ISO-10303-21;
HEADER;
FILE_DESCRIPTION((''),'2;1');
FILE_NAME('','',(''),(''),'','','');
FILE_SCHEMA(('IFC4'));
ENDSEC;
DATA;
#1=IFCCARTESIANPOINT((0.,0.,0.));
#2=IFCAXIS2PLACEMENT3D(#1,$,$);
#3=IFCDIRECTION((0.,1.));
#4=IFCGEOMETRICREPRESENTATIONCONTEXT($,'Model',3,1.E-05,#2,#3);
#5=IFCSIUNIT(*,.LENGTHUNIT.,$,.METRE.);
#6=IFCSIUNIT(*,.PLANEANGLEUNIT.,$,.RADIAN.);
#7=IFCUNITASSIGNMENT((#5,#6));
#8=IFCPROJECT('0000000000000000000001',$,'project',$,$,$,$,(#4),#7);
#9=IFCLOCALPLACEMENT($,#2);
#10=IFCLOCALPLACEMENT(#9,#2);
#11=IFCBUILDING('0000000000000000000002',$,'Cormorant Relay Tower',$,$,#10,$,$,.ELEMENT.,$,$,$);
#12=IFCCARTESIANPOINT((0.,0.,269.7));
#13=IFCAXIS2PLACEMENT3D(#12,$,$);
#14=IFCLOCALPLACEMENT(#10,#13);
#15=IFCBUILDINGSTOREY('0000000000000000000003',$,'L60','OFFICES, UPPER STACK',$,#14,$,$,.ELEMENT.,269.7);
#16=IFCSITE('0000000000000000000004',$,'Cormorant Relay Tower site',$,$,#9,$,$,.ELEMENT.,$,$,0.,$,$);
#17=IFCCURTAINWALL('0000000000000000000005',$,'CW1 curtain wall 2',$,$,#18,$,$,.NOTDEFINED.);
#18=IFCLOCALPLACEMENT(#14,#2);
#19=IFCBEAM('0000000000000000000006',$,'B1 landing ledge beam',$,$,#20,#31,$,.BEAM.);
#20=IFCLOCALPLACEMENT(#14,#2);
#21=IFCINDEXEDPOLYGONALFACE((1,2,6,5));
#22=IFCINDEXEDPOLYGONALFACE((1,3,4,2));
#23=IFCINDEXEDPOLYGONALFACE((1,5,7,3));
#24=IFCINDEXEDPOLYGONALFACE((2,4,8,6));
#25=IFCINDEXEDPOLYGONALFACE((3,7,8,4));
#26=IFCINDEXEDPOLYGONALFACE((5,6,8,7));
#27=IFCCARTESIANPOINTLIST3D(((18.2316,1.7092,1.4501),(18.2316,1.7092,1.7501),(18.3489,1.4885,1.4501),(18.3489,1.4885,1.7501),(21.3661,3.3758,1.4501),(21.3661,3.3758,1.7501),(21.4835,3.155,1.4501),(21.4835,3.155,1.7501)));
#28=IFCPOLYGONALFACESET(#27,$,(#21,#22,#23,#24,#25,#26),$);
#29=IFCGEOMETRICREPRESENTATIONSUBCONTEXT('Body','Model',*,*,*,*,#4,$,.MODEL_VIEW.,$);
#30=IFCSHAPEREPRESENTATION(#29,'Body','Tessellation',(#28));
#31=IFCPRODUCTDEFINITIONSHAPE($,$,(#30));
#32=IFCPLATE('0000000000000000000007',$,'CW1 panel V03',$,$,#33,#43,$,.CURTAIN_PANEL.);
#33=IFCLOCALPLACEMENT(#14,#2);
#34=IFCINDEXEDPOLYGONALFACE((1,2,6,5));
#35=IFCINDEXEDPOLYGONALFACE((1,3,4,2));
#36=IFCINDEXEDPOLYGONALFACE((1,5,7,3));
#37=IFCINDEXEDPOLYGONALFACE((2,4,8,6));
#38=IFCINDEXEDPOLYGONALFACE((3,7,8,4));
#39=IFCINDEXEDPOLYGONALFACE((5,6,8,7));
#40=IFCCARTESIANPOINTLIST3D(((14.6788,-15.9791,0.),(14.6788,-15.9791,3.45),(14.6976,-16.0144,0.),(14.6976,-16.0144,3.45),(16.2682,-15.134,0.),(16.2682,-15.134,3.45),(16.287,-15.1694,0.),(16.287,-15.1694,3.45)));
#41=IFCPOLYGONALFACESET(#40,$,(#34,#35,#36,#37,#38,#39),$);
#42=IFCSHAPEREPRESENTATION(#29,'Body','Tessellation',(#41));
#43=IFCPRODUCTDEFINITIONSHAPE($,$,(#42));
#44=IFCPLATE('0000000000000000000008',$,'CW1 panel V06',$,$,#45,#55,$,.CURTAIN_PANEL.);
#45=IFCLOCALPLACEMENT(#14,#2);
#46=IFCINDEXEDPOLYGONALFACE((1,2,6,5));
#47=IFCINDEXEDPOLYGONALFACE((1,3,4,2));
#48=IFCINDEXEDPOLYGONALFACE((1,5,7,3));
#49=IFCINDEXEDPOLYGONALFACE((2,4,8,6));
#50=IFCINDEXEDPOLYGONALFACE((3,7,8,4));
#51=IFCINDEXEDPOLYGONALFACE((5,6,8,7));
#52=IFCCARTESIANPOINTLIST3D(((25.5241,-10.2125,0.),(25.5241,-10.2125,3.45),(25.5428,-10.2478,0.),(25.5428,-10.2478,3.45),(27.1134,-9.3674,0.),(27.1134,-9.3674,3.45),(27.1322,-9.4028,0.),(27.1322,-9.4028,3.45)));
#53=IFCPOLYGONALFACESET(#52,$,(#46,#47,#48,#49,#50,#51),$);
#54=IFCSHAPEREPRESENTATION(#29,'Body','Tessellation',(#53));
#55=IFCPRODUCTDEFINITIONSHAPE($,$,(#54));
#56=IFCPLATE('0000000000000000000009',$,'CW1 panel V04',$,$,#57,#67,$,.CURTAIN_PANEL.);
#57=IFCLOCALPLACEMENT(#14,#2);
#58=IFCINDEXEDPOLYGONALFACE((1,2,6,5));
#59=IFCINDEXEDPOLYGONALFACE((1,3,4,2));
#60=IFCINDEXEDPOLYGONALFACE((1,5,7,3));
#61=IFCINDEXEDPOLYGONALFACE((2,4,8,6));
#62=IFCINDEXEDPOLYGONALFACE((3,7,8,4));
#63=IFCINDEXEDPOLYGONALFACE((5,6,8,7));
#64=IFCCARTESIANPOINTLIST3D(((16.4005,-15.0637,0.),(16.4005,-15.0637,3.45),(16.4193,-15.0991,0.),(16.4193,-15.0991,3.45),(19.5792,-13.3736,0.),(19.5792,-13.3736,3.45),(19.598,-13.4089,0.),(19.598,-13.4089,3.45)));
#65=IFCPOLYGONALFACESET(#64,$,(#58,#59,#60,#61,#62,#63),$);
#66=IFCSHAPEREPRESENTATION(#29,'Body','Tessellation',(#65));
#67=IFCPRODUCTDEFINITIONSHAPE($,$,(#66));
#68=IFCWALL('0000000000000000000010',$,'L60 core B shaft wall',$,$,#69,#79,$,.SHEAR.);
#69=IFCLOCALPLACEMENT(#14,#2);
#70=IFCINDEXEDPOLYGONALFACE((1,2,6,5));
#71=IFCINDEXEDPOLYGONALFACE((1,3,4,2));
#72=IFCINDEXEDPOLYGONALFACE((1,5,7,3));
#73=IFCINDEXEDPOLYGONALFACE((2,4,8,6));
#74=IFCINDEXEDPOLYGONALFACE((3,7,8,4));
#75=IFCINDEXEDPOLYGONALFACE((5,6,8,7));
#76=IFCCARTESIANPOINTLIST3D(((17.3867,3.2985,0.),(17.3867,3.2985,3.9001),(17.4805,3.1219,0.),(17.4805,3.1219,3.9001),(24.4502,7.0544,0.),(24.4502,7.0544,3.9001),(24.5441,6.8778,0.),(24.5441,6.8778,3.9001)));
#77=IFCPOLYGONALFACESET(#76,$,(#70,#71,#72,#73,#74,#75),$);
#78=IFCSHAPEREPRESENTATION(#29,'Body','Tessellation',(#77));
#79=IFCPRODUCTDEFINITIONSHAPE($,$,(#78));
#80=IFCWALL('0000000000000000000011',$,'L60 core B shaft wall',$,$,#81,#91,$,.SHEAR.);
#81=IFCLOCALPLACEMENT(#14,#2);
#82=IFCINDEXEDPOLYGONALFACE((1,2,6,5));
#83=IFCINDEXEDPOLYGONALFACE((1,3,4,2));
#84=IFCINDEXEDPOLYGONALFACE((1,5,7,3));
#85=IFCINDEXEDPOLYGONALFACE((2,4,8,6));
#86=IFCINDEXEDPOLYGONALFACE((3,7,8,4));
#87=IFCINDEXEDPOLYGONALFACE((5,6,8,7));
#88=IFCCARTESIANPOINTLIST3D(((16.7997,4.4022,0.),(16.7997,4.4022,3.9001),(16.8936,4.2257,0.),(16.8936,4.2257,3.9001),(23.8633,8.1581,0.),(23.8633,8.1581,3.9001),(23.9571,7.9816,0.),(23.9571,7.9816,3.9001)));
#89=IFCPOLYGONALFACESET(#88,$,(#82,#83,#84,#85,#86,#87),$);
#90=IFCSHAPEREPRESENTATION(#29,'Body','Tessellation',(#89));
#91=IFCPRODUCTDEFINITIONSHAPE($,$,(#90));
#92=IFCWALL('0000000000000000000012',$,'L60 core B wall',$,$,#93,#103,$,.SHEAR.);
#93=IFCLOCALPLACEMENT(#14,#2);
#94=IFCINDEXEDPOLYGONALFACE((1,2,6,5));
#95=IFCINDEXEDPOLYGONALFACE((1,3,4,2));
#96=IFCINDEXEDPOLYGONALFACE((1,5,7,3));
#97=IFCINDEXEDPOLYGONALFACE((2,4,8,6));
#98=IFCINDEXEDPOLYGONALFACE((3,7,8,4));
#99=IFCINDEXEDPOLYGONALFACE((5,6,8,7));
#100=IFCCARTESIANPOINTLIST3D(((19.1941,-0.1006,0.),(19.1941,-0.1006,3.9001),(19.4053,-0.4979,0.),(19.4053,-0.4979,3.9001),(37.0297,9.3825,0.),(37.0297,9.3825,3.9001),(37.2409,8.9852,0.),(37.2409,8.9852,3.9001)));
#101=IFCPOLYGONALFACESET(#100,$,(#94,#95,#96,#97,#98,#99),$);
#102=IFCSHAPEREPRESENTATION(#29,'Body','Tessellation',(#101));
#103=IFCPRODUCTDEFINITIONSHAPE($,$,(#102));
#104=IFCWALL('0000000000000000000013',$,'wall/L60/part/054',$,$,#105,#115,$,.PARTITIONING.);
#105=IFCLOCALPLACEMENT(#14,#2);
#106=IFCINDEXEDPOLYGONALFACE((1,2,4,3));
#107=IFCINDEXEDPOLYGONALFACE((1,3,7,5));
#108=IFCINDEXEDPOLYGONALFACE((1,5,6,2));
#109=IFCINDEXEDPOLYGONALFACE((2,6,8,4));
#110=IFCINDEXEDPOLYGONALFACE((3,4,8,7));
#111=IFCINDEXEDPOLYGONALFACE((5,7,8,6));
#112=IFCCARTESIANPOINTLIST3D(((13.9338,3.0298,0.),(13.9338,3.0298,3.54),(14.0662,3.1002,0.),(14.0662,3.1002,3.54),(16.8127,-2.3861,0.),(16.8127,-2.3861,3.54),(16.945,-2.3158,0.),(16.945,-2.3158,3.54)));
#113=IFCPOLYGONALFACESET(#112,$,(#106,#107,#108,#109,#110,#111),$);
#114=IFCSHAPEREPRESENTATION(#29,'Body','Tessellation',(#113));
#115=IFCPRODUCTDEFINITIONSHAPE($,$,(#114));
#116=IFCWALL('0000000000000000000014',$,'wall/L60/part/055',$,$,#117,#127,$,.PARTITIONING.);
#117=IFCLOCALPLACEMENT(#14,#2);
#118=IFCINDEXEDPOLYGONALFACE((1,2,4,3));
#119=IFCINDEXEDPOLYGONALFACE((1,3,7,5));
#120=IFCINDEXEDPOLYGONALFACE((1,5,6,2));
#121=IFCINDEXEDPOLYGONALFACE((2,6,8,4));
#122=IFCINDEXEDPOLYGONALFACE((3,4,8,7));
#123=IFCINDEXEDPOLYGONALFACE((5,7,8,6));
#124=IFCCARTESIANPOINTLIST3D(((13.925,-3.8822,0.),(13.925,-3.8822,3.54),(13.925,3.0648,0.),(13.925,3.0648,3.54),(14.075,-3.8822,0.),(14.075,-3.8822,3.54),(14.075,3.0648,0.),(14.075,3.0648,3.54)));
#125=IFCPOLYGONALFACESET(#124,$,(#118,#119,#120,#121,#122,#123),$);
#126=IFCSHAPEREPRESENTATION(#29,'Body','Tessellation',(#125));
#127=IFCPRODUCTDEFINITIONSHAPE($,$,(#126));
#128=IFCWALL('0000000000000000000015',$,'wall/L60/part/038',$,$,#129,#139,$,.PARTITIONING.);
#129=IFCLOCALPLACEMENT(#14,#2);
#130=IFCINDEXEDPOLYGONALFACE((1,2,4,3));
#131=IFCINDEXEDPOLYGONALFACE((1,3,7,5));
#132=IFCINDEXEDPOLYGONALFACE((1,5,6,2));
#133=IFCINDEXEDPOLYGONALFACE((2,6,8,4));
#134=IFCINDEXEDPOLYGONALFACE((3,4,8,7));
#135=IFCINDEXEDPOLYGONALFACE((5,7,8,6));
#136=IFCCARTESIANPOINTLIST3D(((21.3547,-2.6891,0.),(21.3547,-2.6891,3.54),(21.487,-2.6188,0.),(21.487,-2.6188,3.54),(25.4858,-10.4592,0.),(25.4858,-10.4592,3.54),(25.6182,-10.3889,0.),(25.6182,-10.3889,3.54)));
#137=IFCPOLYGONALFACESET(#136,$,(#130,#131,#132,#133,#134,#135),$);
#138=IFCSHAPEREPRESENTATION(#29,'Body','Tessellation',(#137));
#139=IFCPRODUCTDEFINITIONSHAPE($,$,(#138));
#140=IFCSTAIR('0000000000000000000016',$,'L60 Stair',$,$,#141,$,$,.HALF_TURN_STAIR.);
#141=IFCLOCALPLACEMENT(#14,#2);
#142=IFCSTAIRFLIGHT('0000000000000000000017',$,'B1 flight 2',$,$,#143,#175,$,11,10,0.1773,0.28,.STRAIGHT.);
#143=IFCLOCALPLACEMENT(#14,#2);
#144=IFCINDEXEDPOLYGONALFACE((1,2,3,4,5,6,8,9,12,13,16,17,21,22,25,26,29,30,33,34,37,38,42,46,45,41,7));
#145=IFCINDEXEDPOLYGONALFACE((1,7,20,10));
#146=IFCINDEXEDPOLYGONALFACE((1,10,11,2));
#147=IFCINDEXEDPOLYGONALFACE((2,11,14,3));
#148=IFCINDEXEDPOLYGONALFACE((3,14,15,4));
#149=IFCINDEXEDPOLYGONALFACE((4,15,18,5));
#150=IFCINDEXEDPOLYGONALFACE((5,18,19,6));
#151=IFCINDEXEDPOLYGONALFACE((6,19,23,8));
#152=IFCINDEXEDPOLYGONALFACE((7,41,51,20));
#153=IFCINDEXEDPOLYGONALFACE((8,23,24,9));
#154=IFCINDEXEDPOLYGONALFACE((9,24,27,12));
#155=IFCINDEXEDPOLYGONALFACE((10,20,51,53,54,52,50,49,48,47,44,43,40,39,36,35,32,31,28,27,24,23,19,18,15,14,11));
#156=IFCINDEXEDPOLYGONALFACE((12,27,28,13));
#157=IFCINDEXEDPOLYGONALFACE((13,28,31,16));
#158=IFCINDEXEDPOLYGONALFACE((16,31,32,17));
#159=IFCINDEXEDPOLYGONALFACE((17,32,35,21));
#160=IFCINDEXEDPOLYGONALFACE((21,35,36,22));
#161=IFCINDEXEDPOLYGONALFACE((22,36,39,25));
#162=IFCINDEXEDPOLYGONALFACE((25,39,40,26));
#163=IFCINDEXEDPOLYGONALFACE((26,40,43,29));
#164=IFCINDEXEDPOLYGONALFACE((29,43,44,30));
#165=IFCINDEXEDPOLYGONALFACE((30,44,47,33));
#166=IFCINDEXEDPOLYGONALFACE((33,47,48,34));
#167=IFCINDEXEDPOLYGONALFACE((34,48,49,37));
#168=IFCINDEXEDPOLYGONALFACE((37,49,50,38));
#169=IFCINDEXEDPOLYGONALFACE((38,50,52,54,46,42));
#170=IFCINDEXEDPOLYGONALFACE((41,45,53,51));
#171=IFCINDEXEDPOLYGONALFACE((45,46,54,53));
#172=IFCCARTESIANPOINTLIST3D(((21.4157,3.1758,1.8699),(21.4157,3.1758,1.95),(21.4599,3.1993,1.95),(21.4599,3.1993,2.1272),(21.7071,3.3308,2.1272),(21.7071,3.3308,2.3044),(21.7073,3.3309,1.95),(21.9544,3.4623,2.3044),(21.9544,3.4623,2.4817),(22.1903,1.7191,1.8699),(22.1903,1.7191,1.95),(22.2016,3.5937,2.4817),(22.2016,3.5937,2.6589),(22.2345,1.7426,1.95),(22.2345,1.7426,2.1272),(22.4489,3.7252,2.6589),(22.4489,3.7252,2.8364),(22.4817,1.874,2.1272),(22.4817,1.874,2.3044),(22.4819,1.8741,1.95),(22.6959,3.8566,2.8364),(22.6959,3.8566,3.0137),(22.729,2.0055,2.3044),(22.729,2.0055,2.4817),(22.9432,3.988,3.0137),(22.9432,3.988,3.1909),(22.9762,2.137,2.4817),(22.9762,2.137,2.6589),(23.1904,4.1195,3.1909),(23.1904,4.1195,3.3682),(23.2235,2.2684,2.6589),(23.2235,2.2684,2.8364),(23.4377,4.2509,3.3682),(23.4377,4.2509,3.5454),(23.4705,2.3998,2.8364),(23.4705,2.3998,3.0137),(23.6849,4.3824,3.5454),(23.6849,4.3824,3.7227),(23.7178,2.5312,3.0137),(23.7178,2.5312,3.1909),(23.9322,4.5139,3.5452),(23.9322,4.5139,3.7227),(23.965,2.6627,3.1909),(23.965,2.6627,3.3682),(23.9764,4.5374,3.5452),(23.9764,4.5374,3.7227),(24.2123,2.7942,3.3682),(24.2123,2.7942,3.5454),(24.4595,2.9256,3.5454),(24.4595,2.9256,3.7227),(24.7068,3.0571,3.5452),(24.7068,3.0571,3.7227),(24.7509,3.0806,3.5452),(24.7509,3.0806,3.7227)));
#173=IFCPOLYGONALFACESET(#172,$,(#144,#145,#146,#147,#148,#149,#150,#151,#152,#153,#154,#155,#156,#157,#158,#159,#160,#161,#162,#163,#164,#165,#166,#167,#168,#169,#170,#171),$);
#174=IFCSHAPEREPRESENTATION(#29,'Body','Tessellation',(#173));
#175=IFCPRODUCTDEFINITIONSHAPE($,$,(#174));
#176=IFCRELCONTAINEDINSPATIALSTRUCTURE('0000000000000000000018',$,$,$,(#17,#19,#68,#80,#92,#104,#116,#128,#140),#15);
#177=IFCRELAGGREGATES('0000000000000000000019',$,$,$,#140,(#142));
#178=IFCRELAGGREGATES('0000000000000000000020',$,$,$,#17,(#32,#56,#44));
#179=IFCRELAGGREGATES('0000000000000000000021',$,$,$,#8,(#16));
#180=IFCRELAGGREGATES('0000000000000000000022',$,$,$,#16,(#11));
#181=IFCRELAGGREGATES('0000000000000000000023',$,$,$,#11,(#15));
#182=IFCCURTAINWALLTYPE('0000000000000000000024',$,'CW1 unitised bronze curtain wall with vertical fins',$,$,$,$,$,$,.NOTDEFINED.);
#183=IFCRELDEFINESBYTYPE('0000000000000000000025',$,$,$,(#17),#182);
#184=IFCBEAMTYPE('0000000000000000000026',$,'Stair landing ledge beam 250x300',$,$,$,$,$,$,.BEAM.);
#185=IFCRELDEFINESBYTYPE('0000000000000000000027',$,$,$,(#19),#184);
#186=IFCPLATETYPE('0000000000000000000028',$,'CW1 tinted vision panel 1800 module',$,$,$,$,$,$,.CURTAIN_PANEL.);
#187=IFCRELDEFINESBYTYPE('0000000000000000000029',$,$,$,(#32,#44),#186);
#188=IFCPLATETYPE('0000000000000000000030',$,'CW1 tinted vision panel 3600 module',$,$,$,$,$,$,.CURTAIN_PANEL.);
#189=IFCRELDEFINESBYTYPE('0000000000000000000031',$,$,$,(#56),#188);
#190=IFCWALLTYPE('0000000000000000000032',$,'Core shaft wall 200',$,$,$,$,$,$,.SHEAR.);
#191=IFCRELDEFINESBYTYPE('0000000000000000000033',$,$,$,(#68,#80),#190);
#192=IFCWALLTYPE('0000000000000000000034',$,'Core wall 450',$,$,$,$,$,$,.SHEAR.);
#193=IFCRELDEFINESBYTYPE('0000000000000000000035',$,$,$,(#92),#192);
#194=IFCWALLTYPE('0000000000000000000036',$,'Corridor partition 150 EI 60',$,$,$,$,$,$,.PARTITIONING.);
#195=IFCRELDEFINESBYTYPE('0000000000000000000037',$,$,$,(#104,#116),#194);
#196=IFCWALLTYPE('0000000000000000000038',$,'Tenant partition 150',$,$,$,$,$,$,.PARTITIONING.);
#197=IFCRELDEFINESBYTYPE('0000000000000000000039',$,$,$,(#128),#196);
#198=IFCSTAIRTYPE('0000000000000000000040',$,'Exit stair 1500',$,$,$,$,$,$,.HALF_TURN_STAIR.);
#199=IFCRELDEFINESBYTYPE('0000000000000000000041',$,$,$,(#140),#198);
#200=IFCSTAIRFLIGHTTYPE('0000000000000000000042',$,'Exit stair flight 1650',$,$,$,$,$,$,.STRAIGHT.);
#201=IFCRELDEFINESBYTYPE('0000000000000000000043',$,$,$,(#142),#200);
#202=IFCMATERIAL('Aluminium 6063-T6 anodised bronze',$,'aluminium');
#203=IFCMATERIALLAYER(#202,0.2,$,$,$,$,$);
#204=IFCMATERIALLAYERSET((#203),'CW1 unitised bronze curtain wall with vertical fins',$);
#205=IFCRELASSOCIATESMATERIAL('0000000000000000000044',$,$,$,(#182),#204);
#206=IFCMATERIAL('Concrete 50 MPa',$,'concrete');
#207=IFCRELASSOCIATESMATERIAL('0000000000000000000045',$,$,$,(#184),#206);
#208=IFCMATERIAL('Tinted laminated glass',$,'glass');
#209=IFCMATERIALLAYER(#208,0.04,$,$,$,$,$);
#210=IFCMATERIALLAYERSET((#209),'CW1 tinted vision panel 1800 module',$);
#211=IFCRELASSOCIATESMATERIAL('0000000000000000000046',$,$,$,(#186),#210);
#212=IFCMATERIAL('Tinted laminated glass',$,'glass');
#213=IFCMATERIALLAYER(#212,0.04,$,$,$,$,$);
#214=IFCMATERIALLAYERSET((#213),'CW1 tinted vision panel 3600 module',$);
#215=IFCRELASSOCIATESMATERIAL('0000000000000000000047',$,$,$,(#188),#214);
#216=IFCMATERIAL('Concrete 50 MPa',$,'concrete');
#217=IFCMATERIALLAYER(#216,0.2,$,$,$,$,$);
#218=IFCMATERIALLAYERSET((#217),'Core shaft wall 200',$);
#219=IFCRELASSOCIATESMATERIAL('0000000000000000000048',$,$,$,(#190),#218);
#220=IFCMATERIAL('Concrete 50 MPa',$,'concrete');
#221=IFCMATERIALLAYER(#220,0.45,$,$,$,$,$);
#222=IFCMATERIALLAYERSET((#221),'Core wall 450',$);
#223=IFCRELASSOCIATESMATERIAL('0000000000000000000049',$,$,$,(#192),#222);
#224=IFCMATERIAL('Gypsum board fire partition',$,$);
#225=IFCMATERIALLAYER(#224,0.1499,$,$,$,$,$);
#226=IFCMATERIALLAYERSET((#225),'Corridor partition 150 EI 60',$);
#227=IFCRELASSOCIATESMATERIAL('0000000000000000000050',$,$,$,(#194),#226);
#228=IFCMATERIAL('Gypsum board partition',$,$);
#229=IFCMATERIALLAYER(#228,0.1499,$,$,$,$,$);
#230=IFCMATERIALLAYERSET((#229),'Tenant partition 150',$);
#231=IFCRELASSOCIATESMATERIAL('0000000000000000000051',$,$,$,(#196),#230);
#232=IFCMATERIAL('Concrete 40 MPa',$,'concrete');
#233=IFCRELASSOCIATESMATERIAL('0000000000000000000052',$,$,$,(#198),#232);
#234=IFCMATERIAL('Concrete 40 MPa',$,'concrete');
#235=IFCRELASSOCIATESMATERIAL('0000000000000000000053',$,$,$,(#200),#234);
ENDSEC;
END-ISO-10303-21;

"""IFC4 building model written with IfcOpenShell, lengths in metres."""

from ifc_helpers import new_model, si_unit, direction, frame, frame_2d, origin, origin_2d, place, context, subcontext, project, spatial, polyline, rectangle, outline, extrude, material, layer, layer_set, material_profile, profile_set, type_object, element, aggregate, save


model = new_model("IFC4")

# Units and contexts
model_context = context("Model", 3, precision=1e-05, world=origin(), true_north=direction((0.0, 1.0)))
body_context = subcontext(model_context, "Body", "Model", "MODEL_VIEW")
ifc_project = project(units=[si_unit("LENGTHUNIT", "METRE"), si_unit("PLANEANGLEUNIT", "RADIAN")], contexts=[model_context])

# Site, building, storey
site_placement = place(None, origin())
site = spatial("IfcSite", under=ifc_project, at=site_placement, Name="Cormorant Relay Tower site", CompositionType="ELEMENT", RefElevation=0.0)
building_placement = place(site_placement, origin())
building = spatial("IfcBuilding", under=site, at=building_placement, Name="Cormorant Relay Tower", CompositionType="ELEMENT")
storey_placement = place(building_placement, frame((0.0, 0.0, 269.7)))
storey = spatial("IfcBuildingStorey", under=building, at=storey_placement, Name="L60", Description="OFFICES, UPPER STACK", CompositionType="ELEMENT", Elevation=269.7)

# Curtain wall
ifc_material_1 = material(Name="Aluminium 6063-T6 anodised bronze", Category="aluminium")
ifc_layer_1 = layer(ifc_material_1, 0.2)
ifc_layer_set_1 = layer_set([ifc_layer_1], Name="CW1 unitised bronze curtain wall with vertical fins")
curtain_wall_type = type_object("IfcCurtainWallType", Name="CW1 unitised bronze curtain wall with vertical fins", PredefinedType="NOTDEFINED", material=ifc_layer_set_1)
curtain_wall_placement = place(storey_placement, origin())
curtain_wall = element("IfcCurtainWall", 1, at=curtain_wall_placement, inside=storey, type_object=curtain_wall_type, Name="CW1 curtain wall 2", PredefinedType="NOTDEFINED")

# Beam
ifc_material_2 = material(Name="Concrete 50 MPa", Category="concrete")
ifc_material_profile_1 = material_profile(ifc_material_2, rectangle(XDim=0.25, YDim=0.3, at=origin_2d()), Name="RC 250x300")
ifc_profile_set_1 = profile_set([ifc_material_profile_1], Name="Concrete 50 MPa")
beam_type_1 = type_object("IfcBeamType", Name="Stair landing ledge beam 250x300", PredefinedType="BEAM", material=ifc_profile_set_1)
beam_1_placement = place(storey_placement, frame((21.4248, 3.2654, 1.6001), z_axis=(-0.882965, -0.469438, 0.0), x_axis=(0.469438, -0.882965, 0.0)))
element("IfcBeam", 2, at=beam_1_placement, inside=storey, type_object=beam_type_1, Name="B1 landing ledge beam", PredefinedType="BEAM", context=body_context, shape_type="SweptSolid", body=[
    extrude(rectangle(XDim=0.25, YDim=0.3, at=origin_2d()), origin(), (0.0, 0.0, 1.0), 3.55),
])

# Plates
ifc_material_3 = material(Name="Tinted laminated glass", Category="glass")
ifc_layer_2 = layer(ifc_material_3, 0.04)
ifc_layer_set_2 = layer_set([ifc_layer_2], Name="CW1 tinted vision panel 1800 module")
plate_type_1 = type_object("IfcPlateType", Name="CW1 tinted vision panel 1800 module", PredefinedType="CURTAIN_PANEL", material=ifc_layer_set_2)
plate_1_placement = place(storey_placement, frame((15.4829, -15.5742, 0.0), z_axis=(0.0, 0.0, 1.0), x_axis=(0.882948, 0.469472, 0.0)))
plate_1 = element("IfcPlate", 3, at=plate_1_placement, type_object=plate_type_1, Name="CW1 panel V03", PredefinedType="CURTAIN_PANEL", context=body_context, shape_type="SweptSolid", body=[
    extrude(rectangle(XDim=1.8, YDim=0.04, at=origin_2d()), origin(), (0.0, 0.0, 1.0), 3.45),
])
plate_2_placement = place(storey_placement, frame((26.3281, -9.8076, 0.0), z_axis=(0.0, 0.0, 1.0), x_axis=(0.882948, 0.469472, 0.0)))
plate_2 = element("IfcPlate", 4, at=plate_2_placement, type_object=plate_type_1, Name="CW1 panel V06", PredefinedType="CURTAIN_PANEL", context=body_context, shape_type="SweptSolid", body=[
    extrude(rectangle(XDim=1.8, YDim=0.04, at=origin_2d()), origin(), (0.0, 0.0, 1.0), 3.45),
])
ifc_material_4 = material(Name="Tinted laminated glass", Category="glass")
ifc_layer_3 = layer(ifc_material_4, 0.04)
ifc_layer_set_3 = layer_set([ifc_layer_3], Name="CW1 tinted vision panel 3600 module")
plate_type_2 = type_object("IfcPlateType", Name="CW1 tinted vision panel 3600 module", PredefinedType="CURTAIN_PANEL", material=ifc_layer_set_3)
plate_3_placement = place(storey_placement, frame((17.9993, -14.2363, 0.0), z_axis=(0.0, 0.0, 1.0), x_axis=(0.882948, 0.469472, 0.0)))
plate_3 = element("IfcPlate", 5, at=plate_3_placement, type_object=plate_type_2, Name="CW1 panel V04", PredefinedType="CURTAIN_PANEL", context=body_context, shape_type="SweptSolid", body=[
    extrude(rectangle(XDim=3.6001, YDim=0.04, at=origin_2d()), origin(), (0.0, 0.0, 1.0), 3.45),
])

# Walls
ifc_material_5 = material(Name="Concrete 50 MPa", Category="concrete")
ifc_layer_4 = layer(ifc_material_5, 0.2)
ifc_layer_set_4 = layer_set([ifc_layer_4], Name="Core shaft wall 200")
wall_type_1 = type_object("IfcWallType", Name="Core shaft wall 200", PredefinedType="SHEAR", material=ifc_layer_set_4)
for number, where, z_axis, x_axis, name in (
    (6, (17.4336, 3.2102, 0.0), (0.0, 0.0, 1.0), (0.88294, 0.469485, 0.0), "L60 core B shaft wall"),
    (7, (16.8467, 4.314, 0.0), (0.0, 0.0, 1.0), (0.88294, 0.469485, 0.0), "L60 core B shaft wall"),
):
    element("IfcWall", number, at=place(storey_placement, frame(where, z_axis=z_axis, x_axis=x_axis)), inside=storey, type_object=wall_type_1, Name=name, PredefinedType="SHEAR", context=body_context, shape_type="SweptSolid", body=[
        extrude(rectangle(XDim=8.0, YDim=0.2, at=frame_2d((4.0, 0.0))), origin(), (0.0, 0.0, 1.0), 3.9001),
    ])

# Shared definitions
ifc_material_6 = material(Name="Concrete 50 MPa", Category="concrete")
ifc_layer_5 = layer(ifc_material_6, 0.45)
ifc_layer_set_5 = layer_set([ifc_layer_5], Name="Core wall 450")
wall_type_2 = type_object("IfcWallType", Name="Core wall 450", PredefinedType="SHEAR", material=ifc_layer_set_5)

# Walls
wall_1_placement = place(storey_placement, frame((19.2996, -0.2993, 0.0), z_axis=(0.0, 0.0, 1.0), x_axis=(0.882953, 0.469462, 0.0)))
element("IfcWall", 8, at=wall_1_placement, inside=storey, type_object=wall_type_2, Name="L60 core B wall", PredefinedType="SHEAR", context=body_context, shape_type="SweptSolid", body=[
    extrude(rectangle(XDim=20.2, YDim=0.45, at=frame_2d((10.1001, 0.0))), origin(), (0.0, 0.0, 1.0), 3.9001),
])
ifc_material_7 = material(Name="Gypsum board fire partition")
ifc_layer_6 = layer(ifc_material_7, 0.1499)
ifc_layer_set_6 = layer_set([ifc_layer_6], Name="Corridor partition 150 EI 60")
wall_type_3 = type_object("IfcWallType", Name="Corridor partition 150 EI 60", PredefinedType="PARTITIONING", material=ifc_layer_set_6)
wall_2_placement = place(storey_placement, frame((16.8789, -2.3511, 0.0), z_axis=(0.0, 0.0, 1.0), x_axis=(-0.469365, 0.883004, 0.0)))
element("IfcWall", 9, at=wall_2_placement, inside=storey, type_object=wall_type_3, Name="wall/L60/part/054", PredefinedType="PARTITIONING", context=body_context, shape_type="SweptSolid", body=[
    extrude(rectangle(XDim=6.1335, YDim=0.1499, at=frame_2d((3.0669, 0.0))), origin(), (0.0, 0.0, 1.0), 3.54),
])
wall_3_placement = place(storey_placement, frame((14.0, 3.0649, 0.0), z_axis=(0.0, 0.0, 1.0), x_axis=(0.0, -1.0, 0.0)))
element("IfcWall", 10, at=wall_3_placement, inside=storey, type_object=wall_type_3, Name="wall/L60/part/055", PredefinedType="PARTITIONING", context=body_context, shape_type="SweptSolid", body=[
    extrude(rectangle(XDim=6.947, YDim=0.1499, at=frame_2d((3.4736, 0.0))), origin(), (0.0, 0.0, 1.0), 3.54),
])
ifc_material_8 = material(Name="Gypsum board partition")
ifc_layer_7 = layer(ifc_material_8, 0.1499)
ifc_layer_set_7 = layer_set([ifc_layer_7], Name="Tenant partition 150")
wall_type_4 = type_object("IfcWallType", Name="Tenant partition 150", PredefinedType="PARTITIONING", material=ifc_layer_set_7)
wall_4_placement = place(storey_placement, frame((21.4209, -2.6541, 0.0), z_axis=(0.0, 0.0, 1.0), x_axis=(0.469446, -0.882961, 0.0)))
element("IfcWall", 11, at=wall_4_placement, inside=storey, type_object=wall_type_4, Name="wall/L60/part/038", PredefinedType="PARTITIONING", context=body_context, shape_type="SweptSolid", body=[
    extrude(rectangle(XDim=8.8, YDim=0.1499, at=frame_2d((4.3999, 0.0))), origin(), (0.0, 0.0, 1.0), 3.54),
])

# Stair, stair flight
ifc_material_9 = material(Name="Concrete 40 MPa", Category="concrete")
stair_type = type_object("IfcStairType", Name="Exit stair 1500", PredefinedType="HALF_TURN_STAIR", material=ifc_material_9)
stair_placement = place(storey_placement, origin())
stair = element("IfcStair", 12, at=stair_placement, inside=storey, type_object=stair_type, Name="L60 Stair", PredefinedType="HALF_TURN_STAIR")
ifc_material_10 = material(Name="Concrete 40 MPa", Category="concrete")
stair_flight_type = type_object("IfcStairFlightType", Name="Exit stair flight 1650", PredefinedType="STRAIGHT", material=ifc_material_10)
stair_flight_placement = place(storey_placement, frame((21.8472, 2.4709, 1.95), z_axis=(0.0, 0.0, 1.0), x_axis=(0.882948, 0.469472, 0.0)))
stair_flight = element("IfcStairFlight", 13, at=stair_flight_placement, type_object=stair_flight_type, Name="B1 flight 2", NumberOfRisers=11, NumberOfTreads=10, PredefinedType="STRAIGHT", RiserHeight=0.1773, TreadLength=0.28, context=body_context, shape_type="SweptSolid", body=[
    extrude(outline(polyline([(-0.05, -0.0801), (-0.05, 0.0), (0.0, 0.0), (0.0, 0.1772), (0.28, 0.1772), (0.28, 0.3545), (0.5601, 0.3545), (0.5601, 0.5317), (0.8401, 0.5317), (0.8401, 0.709), (1.1201, 0.709), (1.1201, 0.8865), (1.3999, 0.8865), (1.3999, 1.0637), (1.6799, 1.0637), (1.6799, 1.241), (1.96, 1.241), (1.96, 1.4182), (2.24, 1.4182), (2.24, 1.5955), (2.52, 1.5955), (2.52, 1.7727), (2.8, 1.7727), (2.8501, 1.7727), (2.8501, 1.5952), (2.8, 1.5952), (0.2803, 0.0), (-0.05, -0.0801)])), frame((0.0, 0.825, 0.0), z_axis=(0.0, -1.0, 0.0), x_axis=(1.0, 0.0, 0.0)), (0.0, 0.0, 1.0), 1.6499),
])
aggregate(stair, [stair_flight])

aggregate(curtain_wall, [plate_1, plate_3, plate_2])

save(model, "model.ifc")
